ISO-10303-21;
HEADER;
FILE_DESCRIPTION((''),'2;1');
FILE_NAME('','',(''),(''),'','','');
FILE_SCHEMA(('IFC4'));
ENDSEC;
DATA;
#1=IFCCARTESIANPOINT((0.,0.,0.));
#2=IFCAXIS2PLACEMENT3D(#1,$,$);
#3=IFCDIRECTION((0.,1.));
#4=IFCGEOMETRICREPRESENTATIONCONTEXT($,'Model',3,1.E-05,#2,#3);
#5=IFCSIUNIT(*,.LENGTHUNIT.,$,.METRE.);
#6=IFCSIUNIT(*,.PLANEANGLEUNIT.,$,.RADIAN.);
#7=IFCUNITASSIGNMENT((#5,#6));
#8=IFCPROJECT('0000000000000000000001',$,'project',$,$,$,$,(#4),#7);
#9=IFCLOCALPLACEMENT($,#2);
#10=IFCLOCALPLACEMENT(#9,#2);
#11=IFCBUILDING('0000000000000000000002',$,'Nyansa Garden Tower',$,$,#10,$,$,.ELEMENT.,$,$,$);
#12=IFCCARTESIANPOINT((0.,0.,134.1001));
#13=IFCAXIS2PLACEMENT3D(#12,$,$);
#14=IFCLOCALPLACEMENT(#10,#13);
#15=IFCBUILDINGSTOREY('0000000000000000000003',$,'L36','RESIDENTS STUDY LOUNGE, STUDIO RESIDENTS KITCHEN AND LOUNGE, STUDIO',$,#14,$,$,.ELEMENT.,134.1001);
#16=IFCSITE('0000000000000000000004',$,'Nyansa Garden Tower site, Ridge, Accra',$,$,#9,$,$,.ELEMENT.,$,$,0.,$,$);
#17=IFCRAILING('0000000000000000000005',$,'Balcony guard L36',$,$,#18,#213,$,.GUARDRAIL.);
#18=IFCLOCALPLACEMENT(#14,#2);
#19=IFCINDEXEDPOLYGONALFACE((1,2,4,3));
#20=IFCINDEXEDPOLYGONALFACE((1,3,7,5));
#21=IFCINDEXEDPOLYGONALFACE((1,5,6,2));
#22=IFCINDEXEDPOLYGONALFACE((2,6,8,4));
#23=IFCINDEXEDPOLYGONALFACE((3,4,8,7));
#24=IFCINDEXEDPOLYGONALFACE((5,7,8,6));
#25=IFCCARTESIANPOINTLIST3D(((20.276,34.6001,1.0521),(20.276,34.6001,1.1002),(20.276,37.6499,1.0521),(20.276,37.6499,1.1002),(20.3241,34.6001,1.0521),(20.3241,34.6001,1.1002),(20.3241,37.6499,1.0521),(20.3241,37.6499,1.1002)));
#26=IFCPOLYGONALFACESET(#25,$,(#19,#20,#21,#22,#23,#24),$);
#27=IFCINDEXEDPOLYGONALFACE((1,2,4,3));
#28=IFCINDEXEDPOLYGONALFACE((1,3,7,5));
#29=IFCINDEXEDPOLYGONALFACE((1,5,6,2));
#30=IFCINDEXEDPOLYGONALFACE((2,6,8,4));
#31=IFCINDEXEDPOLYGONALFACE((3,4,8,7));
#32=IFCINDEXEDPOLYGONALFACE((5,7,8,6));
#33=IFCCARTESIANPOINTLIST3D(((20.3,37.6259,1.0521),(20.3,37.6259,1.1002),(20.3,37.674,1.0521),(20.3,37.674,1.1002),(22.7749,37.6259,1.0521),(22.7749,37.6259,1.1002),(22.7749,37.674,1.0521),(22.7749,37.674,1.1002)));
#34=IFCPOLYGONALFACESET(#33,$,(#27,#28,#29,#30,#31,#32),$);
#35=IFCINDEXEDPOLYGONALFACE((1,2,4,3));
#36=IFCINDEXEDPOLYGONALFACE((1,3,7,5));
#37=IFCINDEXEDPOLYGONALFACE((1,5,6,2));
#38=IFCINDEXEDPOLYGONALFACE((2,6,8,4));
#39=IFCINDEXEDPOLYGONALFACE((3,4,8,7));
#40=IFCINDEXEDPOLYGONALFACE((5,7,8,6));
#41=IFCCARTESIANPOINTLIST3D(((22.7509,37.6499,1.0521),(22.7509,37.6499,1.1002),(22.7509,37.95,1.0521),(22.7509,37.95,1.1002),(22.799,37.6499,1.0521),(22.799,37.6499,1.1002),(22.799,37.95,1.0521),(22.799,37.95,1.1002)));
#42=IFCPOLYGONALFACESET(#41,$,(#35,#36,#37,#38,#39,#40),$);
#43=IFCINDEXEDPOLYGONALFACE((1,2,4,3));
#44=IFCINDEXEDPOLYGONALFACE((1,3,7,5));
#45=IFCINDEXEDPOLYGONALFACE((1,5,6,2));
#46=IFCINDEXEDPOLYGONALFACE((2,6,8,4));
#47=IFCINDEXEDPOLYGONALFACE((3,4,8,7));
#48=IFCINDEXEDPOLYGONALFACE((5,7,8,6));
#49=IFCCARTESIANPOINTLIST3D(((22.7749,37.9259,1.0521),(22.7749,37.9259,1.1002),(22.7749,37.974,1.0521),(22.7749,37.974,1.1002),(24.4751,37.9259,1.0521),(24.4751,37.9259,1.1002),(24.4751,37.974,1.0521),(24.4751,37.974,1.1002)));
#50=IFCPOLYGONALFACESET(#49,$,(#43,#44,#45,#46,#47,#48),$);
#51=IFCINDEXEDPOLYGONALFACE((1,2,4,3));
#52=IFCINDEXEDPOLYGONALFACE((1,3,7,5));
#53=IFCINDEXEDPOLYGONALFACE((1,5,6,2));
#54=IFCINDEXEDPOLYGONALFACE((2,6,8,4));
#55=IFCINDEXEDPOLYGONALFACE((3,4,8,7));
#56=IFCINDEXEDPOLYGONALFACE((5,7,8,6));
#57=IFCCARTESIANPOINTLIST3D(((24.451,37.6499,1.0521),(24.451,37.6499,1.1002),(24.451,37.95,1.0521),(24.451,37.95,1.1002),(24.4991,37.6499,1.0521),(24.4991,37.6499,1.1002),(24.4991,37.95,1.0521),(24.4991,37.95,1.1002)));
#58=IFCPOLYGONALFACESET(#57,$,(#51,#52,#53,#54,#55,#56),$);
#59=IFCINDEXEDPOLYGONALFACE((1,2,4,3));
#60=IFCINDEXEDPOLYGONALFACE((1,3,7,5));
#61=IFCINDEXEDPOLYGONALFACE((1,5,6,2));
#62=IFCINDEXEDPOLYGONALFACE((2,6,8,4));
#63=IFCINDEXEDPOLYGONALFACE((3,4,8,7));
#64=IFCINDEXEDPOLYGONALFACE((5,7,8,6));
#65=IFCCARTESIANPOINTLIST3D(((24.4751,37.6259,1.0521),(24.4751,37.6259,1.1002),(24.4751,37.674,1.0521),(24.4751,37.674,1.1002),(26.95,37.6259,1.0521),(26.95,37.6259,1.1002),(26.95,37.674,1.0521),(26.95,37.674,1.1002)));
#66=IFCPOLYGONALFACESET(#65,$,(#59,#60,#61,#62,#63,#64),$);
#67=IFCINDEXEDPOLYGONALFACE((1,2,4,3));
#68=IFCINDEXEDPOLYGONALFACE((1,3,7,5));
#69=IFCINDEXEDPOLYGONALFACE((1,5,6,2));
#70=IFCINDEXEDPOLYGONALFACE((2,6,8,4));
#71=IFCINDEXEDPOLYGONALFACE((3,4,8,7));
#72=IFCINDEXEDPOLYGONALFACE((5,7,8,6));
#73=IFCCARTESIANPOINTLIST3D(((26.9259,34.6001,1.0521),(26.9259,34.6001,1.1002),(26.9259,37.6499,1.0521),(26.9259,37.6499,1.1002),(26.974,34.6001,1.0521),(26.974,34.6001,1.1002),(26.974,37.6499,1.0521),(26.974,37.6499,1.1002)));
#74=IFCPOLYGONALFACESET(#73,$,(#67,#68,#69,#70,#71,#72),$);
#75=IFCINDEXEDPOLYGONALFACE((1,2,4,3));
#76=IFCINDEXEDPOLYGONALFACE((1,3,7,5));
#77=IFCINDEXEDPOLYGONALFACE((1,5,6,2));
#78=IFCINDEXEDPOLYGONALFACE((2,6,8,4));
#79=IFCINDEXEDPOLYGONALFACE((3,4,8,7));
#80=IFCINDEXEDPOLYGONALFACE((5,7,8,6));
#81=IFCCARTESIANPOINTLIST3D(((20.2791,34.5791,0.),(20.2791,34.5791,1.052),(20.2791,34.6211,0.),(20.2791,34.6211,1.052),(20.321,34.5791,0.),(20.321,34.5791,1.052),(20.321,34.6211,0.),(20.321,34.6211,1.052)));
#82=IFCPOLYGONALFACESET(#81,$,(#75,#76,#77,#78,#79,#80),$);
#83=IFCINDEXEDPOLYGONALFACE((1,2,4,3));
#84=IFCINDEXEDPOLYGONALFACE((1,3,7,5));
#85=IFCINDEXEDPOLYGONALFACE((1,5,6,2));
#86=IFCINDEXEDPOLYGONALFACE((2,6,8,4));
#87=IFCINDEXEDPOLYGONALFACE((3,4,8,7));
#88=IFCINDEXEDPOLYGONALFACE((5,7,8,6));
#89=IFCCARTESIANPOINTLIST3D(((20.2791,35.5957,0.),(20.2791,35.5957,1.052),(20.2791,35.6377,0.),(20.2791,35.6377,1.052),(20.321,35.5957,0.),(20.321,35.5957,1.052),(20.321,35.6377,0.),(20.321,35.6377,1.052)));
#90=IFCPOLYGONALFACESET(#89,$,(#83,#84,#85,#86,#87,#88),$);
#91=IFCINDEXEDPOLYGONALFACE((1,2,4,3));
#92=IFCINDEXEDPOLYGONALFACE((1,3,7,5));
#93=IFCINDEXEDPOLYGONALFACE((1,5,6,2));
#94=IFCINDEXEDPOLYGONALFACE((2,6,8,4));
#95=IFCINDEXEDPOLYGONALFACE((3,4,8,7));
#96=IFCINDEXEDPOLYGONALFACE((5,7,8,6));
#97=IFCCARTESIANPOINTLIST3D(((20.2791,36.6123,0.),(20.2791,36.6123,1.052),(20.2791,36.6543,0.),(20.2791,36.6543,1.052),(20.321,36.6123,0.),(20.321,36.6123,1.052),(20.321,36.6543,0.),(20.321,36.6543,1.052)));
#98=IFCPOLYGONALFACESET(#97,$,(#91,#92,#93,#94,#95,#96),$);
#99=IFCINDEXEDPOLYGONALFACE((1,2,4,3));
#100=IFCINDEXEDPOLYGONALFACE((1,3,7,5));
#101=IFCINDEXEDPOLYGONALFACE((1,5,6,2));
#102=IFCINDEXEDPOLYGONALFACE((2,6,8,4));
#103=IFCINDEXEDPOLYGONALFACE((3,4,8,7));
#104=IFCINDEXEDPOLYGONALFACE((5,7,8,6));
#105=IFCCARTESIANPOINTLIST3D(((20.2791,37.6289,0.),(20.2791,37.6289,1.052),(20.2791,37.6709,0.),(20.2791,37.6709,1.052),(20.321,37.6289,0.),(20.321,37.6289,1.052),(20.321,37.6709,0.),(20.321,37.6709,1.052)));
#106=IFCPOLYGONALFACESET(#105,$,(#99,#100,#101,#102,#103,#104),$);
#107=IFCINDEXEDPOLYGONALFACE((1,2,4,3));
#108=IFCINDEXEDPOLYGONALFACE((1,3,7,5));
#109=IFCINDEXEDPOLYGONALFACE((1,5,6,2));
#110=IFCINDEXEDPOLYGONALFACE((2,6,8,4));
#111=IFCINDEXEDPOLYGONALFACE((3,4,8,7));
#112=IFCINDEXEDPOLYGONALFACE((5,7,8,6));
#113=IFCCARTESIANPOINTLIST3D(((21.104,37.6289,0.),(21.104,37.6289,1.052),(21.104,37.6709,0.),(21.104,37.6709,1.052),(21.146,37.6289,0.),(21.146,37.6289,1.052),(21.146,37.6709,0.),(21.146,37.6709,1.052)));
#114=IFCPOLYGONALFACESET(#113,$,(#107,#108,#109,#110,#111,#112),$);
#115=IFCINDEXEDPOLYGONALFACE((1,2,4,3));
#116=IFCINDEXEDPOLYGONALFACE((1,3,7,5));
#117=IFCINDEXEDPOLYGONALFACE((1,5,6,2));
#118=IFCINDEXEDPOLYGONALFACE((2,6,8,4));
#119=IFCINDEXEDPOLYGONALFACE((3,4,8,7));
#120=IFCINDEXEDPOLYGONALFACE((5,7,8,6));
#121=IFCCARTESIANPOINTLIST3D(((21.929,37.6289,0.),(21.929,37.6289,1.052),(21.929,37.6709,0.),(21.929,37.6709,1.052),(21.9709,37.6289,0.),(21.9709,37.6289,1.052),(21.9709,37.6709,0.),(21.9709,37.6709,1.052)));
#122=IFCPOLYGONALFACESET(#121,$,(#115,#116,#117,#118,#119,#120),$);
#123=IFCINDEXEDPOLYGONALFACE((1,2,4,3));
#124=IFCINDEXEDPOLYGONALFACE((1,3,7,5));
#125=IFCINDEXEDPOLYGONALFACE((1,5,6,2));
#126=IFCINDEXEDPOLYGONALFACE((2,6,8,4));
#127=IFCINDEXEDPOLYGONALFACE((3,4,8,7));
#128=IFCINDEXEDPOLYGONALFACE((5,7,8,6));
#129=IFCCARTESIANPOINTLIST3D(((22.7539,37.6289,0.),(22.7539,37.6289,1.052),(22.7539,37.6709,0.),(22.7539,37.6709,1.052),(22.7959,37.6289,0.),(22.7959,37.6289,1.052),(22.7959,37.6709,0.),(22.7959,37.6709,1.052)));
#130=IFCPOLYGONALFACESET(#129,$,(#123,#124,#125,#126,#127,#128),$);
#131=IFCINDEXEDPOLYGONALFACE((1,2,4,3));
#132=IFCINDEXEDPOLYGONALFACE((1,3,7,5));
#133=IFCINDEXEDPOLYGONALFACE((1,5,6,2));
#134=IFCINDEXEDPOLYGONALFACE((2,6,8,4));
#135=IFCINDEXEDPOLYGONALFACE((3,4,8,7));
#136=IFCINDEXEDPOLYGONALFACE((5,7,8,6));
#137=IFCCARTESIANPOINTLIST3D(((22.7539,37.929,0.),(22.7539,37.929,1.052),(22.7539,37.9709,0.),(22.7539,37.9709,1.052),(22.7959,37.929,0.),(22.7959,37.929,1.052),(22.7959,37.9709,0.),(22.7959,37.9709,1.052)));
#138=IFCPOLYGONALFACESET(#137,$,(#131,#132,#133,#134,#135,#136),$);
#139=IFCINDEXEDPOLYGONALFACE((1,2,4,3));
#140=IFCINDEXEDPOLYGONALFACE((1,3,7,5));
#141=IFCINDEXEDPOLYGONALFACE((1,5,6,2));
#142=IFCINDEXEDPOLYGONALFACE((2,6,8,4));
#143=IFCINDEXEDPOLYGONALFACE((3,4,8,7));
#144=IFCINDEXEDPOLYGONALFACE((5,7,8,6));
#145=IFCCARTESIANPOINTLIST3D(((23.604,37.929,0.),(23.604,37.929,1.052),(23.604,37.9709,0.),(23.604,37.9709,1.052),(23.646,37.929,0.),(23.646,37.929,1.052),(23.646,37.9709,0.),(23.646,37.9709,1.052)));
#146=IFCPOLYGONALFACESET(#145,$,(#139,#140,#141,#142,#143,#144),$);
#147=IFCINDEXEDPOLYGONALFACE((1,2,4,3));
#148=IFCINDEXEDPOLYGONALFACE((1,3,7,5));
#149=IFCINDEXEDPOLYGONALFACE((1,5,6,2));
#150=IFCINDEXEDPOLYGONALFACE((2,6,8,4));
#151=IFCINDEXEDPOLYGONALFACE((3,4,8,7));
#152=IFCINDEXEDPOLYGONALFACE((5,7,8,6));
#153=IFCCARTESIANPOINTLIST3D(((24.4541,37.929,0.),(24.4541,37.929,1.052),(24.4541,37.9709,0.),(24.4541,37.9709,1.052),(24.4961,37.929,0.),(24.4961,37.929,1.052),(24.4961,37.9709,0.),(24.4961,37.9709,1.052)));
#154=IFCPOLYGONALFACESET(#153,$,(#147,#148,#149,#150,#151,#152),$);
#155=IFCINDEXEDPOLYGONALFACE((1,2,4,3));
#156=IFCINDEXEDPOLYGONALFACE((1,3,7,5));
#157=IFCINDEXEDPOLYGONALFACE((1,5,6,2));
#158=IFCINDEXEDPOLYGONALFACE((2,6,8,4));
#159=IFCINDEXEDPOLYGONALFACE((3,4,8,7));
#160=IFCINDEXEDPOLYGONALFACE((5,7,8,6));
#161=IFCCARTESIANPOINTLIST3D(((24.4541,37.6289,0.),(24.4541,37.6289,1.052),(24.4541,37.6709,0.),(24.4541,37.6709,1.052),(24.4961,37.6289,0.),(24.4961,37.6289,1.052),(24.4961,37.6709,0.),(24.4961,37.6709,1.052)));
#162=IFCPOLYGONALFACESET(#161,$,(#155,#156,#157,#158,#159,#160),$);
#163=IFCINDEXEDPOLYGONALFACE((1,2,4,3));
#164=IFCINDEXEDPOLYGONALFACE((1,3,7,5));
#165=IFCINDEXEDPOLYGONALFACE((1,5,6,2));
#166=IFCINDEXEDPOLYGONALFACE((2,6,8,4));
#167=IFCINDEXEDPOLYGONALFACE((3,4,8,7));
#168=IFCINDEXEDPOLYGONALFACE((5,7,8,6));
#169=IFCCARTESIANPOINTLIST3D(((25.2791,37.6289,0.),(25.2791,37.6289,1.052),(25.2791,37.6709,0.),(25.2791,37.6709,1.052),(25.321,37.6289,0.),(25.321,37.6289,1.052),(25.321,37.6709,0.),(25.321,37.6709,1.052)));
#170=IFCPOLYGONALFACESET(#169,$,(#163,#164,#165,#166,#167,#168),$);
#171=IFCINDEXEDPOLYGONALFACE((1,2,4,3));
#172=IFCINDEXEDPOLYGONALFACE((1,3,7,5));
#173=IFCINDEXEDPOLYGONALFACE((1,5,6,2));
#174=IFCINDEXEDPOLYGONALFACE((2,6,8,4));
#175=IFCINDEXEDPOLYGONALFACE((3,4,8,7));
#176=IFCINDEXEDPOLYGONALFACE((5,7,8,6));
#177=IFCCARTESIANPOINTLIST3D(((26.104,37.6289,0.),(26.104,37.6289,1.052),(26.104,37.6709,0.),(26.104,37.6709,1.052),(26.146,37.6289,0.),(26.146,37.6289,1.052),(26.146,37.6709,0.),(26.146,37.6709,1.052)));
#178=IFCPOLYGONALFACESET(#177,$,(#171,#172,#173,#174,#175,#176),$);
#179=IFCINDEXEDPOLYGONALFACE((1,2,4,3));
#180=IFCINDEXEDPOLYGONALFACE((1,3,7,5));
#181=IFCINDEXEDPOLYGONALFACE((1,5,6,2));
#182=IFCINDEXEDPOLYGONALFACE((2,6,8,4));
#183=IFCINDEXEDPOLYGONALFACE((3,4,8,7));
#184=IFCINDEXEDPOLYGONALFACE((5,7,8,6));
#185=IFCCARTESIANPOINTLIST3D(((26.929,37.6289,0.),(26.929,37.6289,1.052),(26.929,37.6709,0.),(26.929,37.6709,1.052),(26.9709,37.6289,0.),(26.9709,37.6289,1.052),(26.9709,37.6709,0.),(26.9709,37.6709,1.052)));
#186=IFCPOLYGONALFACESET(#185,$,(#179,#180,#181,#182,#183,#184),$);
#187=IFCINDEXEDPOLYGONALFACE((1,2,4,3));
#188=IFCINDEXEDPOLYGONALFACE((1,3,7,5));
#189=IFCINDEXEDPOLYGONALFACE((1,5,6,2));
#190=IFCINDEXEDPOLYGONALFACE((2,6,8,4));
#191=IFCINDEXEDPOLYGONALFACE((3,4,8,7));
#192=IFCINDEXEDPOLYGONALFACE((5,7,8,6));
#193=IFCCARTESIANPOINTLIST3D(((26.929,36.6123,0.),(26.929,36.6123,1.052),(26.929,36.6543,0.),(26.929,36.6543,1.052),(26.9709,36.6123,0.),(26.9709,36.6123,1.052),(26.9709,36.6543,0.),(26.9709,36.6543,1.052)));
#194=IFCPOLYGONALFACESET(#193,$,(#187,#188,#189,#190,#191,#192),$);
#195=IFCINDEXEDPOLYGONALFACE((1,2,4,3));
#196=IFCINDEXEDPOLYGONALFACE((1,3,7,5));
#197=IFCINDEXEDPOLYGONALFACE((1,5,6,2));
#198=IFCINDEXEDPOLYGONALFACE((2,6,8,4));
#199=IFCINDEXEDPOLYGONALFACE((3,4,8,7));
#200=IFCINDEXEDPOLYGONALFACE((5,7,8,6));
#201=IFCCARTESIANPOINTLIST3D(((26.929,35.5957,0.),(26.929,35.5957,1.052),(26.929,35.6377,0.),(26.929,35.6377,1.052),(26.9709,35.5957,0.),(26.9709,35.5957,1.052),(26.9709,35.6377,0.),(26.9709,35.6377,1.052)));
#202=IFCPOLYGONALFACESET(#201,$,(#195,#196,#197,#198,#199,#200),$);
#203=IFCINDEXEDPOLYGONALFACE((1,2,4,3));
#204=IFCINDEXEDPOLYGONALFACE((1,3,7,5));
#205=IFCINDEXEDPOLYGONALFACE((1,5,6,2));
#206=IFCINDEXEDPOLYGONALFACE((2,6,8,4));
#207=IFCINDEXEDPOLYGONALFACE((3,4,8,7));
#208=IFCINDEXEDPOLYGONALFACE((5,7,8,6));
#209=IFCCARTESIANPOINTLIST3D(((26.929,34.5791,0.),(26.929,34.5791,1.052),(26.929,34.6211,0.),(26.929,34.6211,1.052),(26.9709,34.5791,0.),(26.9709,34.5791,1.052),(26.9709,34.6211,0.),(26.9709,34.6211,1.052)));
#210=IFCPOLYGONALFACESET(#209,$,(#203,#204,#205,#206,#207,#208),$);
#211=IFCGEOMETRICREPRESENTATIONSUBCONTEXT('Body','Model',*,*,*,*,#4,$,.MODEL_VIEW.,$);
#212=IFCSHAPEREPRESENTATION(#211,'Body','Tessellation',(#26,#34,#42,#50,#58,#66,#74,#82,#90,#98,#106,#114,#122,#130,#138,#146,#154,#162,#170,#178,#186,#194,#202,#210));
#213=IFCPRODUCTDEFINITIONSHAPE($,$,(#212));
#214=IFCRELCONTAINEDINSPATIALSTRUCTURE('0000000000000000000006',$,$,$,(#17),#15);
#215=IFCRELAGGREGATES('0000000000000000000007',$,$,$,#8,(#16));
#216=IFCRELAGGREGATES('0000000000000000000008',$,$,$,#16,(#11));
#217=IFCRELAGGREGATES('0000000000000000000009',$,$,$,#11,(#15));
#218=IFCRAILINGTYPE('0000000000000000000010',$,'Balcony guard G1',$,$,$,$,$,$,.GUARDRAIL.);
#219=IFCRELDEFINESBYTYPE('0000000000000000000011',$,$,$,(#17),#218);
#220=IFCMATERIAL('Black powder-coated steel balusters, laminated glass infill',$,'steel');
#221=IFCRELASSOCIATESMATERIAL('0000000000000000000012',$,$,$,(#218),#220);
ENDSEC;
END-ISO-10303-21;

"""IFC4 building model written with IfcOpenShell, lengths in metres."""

from ifc_helpers import new_model, si_unit, direction, frame, origin, origin_2d, place, context, subcontext, project, spatial, rectangle, extrude, material, type_object, element, save


model = new_model("IFC4")

# Units and contexts
model_context = context("Model", 3, precision=1e-05, world=origin(), true_north=direction((0.0, 1.0)))
body_context = subcontext(model_context, "Body", "Model", "MODEL_VIEW")
ifc_project = project(units=[si_unit("LENGTHUNIT", "METRE"), si_unit("PLANEANGLEUNIT", "RADIAN")], contexts=[model_context])

# Site, building, storey
site_placement = place(None, origin())
site = spatial("IfcSite", under=ifc_project, at=site_placement, Name="Nyansa Garden Tower site, Ridge, Accra", CompositionType="ELEMENT", RefElevation=0.0)
building_placement = place(site_placement, origin())
building = spatial("IfcBuilding", under=site, at=building_placement, Name="Nyansa Garden Tower", CompositionType="ELEMENT")
storey_placement = place(building_placement, frame((0.0, 0.0, 134.1001)))
storey = spatial("IfcBuildingStorey", under=building, at=storey_placement, Name="L36", Description="RESIDENTS STUDY LOUNGE, STUDIO RESIDENTS KITCHEN AND LOUNGE, STUDIO", CompositionType="ELEMENT", Elevation=134.1001)

# Railing
ifc_material_1 = material(Name="Black powder-coated steel balusters, laminated glass infill", Category="steel")
railing_type = type_object("IfcRailingType", Name="Balcony guard G1", PredefinedType="GUARDRAIL", material=ifc_material_1)
railing_placement = place(storey_placement, frame((20.3, 34.6001, 0.0)))
element("IfcRailing", 1, at=railing_placement, inside=storey, type_object=railing_type, Name="Balcony guard L36", PredefinedType="GUARDRAIL", context=body_context, shape_type="SweptSolid", body=[
    extrude(rectangle(XDim=0.0481, YDim=0.0481, at=origin_2d()), frame((0.0, 0.0, 1.0762), z_axis=(0.0, 1.0, 0.0), x_axis=(-1.0, 0.0, 0.0)), (0.0, 0.0, 1.0), 3.0498),
    extrude(rectangle(XDim=0.0481, YDim=0.0481, at=origin_2d()), frame((0.0, 3.0498, 1.0762), z_axis=(1.0, 0.0, 0.0), x_axis=(0.0, 1.0, 0.0)), (0.0, 0.0, 1.0), 2.4749),
    extrude(rectangle(XDim=0.0481, YDim=0.0481, at=origin_2d()), frame((2.4749, 3.0498, 1.0762), z_axis=(0.0, 1.0, 0.0), x_axis=(-1.0, 0.0, 0.0)), (0.0, 0.0, 1.0), 0.3),
    extrude(rectangle(XDim=0.0481, YDim=0.0481, at=origin_2d()), frame((2.4749, 3.3499, 1.0762), z_axis=(1.0, 0.0, 0.0), x_axis=(0.0, 1.0, 0.0)), (0.0, 0.0, 1.0), 1.7002),
    extrude(rectangle(XDim=0.0481, YDim=0.0481, at=origin_2d()), frame((4.175, 3.3499, 1.0762), z_axis=(0.0, -1.0, 0.0), x_axis=(1.0, 0.0, 0.0)), (0.0, 0.0, 1.0), 0.3),
    extrude(rectangle(XDim=0.0481, YDim=0.0481, at=origin_2d()), frame((4.175, 3.0498, 1.0762), z_axis=(1.0, 0.0, 0.0), x_axis=(0.0, 1.0, 0.0)), (0.0, 0.0, 1.0), 2.4749),
    extrude(rectangle(XDim=0.0481, YDim=0.0481, at=origin_2d()), frame((6.6499, 3.0498, 1.0762), z_axis=(0.0, -1.0, 0.0), x_axis=(1.0, 0.0, 0.0)), (0.0, 0.0, 1.0), 3.0498),
    extrude(rectangle(XDim=0.042, YDim=0.042, at=origin_2d()), origin(), (0.0, 0.0, 1.0), 1.052),
    extrude(rectangle(XDim=0.042, YDim=0.042, at=origin_2d()), frame((0.0, 1.0166, 0.0)), (0.0, 0.0, 1.0), 1.052),
    extrude(rectangle(XDim=0.042, YDim=0.042, at=origin_2d()), frame((0.0, 2.0332, 0.0)), (0.0, 0.0, 1.0), 1.052),
    extrude(rectangle(XDim=0.042, YDim=0.042, at=origin_2d()), frame((0.0, 3.0498, 0.0)), (0.0, 0.0, 1.0), 1.052),
    extrude(rectangle(XDim=0.042, YDim=0.042, at=origin_2d()), frame((0.825, 3.0498, 0.0)), (0.0, 0.0, 1.0), 1.052),
    extrude(rectangle(XDim=0.042, YDim=0.042, at=origin_2d()), frame((1.6499, 3.0498, 0.0)), (0.0, 0.0, 1.0), 1.052),
    extrude(rectangle(XDim=0.042, YDim=0.042, at=origin_2d()), frame((2.4749, 3.0498, 0.0)), (0.0, 0.0, 1.0), 1.052),
    extrude(rectangle(XDim=0.042, YDim=0.042, at=origin_2d()), frame((2.4749, 3.3499, 0.0)), (0.0, 0.0, 1.0), 1.052),
    extrude(rectangle(XDim=0.042, YDim=0.042, at=origin_2d()), frame((3.325, 3.3499, 0.0)), (0.0, 0.0, 1.0), 1.052),
    extrude(rectangle(XDim=0.042, YDim=0.042, at=origin_2d()), frame((4.175, 3.3499, 0.0)), (0.0, 0.0, 1.0), 1.052),
    extrude(rectangle(XDim=0.042, YDim=0.042, at=origin_2d()), frame((4.175, 3.0498, 0.0)), (0.0, 0.0, 1.0), 1.052),
    extrude(rectangle(XDim=0.042, YDim=0.042, at=origin_2d()), frame((5.0, 3.0498, 0.0)), (0.0, 0.0, 1.0), 1.052),
    extrude(rectangle(XDim=0.042, YDim=0.042, at=origin_2d()), frame((5.825, 3.0498, 0.0)), (0.0, 0.0, 1.0), 1.052),
    extrude(rectangle(XDim=0.042, YDim=0.042, at=origin_2d()), frame((6.6499, 3.0498, 0.0)), (0.0, 0.0, 1.0), 1.052),
    extrude(rectangle(XDim=0.042, YDim=0.042, at=origin_2d()), frame((6.6499, 2.0332, 0.0)), (0.0, 0.0, 1.0), 1.052),
    extrude(rectangle(XDim=0.042, YDim=0.042, at=origin_2d()), frame((6.6499, 1.0166, 0.0)), (0.0, 0.0, 1.0), 1.052),
    extrude(rectangle(XDim=0.042, YDim=0.042, at=origin_2d()), frame((6.6499, 0.0, 0.0)), (0.0, 0.0, 1.0), 1.052),
])

save(model, "model.ifc")
